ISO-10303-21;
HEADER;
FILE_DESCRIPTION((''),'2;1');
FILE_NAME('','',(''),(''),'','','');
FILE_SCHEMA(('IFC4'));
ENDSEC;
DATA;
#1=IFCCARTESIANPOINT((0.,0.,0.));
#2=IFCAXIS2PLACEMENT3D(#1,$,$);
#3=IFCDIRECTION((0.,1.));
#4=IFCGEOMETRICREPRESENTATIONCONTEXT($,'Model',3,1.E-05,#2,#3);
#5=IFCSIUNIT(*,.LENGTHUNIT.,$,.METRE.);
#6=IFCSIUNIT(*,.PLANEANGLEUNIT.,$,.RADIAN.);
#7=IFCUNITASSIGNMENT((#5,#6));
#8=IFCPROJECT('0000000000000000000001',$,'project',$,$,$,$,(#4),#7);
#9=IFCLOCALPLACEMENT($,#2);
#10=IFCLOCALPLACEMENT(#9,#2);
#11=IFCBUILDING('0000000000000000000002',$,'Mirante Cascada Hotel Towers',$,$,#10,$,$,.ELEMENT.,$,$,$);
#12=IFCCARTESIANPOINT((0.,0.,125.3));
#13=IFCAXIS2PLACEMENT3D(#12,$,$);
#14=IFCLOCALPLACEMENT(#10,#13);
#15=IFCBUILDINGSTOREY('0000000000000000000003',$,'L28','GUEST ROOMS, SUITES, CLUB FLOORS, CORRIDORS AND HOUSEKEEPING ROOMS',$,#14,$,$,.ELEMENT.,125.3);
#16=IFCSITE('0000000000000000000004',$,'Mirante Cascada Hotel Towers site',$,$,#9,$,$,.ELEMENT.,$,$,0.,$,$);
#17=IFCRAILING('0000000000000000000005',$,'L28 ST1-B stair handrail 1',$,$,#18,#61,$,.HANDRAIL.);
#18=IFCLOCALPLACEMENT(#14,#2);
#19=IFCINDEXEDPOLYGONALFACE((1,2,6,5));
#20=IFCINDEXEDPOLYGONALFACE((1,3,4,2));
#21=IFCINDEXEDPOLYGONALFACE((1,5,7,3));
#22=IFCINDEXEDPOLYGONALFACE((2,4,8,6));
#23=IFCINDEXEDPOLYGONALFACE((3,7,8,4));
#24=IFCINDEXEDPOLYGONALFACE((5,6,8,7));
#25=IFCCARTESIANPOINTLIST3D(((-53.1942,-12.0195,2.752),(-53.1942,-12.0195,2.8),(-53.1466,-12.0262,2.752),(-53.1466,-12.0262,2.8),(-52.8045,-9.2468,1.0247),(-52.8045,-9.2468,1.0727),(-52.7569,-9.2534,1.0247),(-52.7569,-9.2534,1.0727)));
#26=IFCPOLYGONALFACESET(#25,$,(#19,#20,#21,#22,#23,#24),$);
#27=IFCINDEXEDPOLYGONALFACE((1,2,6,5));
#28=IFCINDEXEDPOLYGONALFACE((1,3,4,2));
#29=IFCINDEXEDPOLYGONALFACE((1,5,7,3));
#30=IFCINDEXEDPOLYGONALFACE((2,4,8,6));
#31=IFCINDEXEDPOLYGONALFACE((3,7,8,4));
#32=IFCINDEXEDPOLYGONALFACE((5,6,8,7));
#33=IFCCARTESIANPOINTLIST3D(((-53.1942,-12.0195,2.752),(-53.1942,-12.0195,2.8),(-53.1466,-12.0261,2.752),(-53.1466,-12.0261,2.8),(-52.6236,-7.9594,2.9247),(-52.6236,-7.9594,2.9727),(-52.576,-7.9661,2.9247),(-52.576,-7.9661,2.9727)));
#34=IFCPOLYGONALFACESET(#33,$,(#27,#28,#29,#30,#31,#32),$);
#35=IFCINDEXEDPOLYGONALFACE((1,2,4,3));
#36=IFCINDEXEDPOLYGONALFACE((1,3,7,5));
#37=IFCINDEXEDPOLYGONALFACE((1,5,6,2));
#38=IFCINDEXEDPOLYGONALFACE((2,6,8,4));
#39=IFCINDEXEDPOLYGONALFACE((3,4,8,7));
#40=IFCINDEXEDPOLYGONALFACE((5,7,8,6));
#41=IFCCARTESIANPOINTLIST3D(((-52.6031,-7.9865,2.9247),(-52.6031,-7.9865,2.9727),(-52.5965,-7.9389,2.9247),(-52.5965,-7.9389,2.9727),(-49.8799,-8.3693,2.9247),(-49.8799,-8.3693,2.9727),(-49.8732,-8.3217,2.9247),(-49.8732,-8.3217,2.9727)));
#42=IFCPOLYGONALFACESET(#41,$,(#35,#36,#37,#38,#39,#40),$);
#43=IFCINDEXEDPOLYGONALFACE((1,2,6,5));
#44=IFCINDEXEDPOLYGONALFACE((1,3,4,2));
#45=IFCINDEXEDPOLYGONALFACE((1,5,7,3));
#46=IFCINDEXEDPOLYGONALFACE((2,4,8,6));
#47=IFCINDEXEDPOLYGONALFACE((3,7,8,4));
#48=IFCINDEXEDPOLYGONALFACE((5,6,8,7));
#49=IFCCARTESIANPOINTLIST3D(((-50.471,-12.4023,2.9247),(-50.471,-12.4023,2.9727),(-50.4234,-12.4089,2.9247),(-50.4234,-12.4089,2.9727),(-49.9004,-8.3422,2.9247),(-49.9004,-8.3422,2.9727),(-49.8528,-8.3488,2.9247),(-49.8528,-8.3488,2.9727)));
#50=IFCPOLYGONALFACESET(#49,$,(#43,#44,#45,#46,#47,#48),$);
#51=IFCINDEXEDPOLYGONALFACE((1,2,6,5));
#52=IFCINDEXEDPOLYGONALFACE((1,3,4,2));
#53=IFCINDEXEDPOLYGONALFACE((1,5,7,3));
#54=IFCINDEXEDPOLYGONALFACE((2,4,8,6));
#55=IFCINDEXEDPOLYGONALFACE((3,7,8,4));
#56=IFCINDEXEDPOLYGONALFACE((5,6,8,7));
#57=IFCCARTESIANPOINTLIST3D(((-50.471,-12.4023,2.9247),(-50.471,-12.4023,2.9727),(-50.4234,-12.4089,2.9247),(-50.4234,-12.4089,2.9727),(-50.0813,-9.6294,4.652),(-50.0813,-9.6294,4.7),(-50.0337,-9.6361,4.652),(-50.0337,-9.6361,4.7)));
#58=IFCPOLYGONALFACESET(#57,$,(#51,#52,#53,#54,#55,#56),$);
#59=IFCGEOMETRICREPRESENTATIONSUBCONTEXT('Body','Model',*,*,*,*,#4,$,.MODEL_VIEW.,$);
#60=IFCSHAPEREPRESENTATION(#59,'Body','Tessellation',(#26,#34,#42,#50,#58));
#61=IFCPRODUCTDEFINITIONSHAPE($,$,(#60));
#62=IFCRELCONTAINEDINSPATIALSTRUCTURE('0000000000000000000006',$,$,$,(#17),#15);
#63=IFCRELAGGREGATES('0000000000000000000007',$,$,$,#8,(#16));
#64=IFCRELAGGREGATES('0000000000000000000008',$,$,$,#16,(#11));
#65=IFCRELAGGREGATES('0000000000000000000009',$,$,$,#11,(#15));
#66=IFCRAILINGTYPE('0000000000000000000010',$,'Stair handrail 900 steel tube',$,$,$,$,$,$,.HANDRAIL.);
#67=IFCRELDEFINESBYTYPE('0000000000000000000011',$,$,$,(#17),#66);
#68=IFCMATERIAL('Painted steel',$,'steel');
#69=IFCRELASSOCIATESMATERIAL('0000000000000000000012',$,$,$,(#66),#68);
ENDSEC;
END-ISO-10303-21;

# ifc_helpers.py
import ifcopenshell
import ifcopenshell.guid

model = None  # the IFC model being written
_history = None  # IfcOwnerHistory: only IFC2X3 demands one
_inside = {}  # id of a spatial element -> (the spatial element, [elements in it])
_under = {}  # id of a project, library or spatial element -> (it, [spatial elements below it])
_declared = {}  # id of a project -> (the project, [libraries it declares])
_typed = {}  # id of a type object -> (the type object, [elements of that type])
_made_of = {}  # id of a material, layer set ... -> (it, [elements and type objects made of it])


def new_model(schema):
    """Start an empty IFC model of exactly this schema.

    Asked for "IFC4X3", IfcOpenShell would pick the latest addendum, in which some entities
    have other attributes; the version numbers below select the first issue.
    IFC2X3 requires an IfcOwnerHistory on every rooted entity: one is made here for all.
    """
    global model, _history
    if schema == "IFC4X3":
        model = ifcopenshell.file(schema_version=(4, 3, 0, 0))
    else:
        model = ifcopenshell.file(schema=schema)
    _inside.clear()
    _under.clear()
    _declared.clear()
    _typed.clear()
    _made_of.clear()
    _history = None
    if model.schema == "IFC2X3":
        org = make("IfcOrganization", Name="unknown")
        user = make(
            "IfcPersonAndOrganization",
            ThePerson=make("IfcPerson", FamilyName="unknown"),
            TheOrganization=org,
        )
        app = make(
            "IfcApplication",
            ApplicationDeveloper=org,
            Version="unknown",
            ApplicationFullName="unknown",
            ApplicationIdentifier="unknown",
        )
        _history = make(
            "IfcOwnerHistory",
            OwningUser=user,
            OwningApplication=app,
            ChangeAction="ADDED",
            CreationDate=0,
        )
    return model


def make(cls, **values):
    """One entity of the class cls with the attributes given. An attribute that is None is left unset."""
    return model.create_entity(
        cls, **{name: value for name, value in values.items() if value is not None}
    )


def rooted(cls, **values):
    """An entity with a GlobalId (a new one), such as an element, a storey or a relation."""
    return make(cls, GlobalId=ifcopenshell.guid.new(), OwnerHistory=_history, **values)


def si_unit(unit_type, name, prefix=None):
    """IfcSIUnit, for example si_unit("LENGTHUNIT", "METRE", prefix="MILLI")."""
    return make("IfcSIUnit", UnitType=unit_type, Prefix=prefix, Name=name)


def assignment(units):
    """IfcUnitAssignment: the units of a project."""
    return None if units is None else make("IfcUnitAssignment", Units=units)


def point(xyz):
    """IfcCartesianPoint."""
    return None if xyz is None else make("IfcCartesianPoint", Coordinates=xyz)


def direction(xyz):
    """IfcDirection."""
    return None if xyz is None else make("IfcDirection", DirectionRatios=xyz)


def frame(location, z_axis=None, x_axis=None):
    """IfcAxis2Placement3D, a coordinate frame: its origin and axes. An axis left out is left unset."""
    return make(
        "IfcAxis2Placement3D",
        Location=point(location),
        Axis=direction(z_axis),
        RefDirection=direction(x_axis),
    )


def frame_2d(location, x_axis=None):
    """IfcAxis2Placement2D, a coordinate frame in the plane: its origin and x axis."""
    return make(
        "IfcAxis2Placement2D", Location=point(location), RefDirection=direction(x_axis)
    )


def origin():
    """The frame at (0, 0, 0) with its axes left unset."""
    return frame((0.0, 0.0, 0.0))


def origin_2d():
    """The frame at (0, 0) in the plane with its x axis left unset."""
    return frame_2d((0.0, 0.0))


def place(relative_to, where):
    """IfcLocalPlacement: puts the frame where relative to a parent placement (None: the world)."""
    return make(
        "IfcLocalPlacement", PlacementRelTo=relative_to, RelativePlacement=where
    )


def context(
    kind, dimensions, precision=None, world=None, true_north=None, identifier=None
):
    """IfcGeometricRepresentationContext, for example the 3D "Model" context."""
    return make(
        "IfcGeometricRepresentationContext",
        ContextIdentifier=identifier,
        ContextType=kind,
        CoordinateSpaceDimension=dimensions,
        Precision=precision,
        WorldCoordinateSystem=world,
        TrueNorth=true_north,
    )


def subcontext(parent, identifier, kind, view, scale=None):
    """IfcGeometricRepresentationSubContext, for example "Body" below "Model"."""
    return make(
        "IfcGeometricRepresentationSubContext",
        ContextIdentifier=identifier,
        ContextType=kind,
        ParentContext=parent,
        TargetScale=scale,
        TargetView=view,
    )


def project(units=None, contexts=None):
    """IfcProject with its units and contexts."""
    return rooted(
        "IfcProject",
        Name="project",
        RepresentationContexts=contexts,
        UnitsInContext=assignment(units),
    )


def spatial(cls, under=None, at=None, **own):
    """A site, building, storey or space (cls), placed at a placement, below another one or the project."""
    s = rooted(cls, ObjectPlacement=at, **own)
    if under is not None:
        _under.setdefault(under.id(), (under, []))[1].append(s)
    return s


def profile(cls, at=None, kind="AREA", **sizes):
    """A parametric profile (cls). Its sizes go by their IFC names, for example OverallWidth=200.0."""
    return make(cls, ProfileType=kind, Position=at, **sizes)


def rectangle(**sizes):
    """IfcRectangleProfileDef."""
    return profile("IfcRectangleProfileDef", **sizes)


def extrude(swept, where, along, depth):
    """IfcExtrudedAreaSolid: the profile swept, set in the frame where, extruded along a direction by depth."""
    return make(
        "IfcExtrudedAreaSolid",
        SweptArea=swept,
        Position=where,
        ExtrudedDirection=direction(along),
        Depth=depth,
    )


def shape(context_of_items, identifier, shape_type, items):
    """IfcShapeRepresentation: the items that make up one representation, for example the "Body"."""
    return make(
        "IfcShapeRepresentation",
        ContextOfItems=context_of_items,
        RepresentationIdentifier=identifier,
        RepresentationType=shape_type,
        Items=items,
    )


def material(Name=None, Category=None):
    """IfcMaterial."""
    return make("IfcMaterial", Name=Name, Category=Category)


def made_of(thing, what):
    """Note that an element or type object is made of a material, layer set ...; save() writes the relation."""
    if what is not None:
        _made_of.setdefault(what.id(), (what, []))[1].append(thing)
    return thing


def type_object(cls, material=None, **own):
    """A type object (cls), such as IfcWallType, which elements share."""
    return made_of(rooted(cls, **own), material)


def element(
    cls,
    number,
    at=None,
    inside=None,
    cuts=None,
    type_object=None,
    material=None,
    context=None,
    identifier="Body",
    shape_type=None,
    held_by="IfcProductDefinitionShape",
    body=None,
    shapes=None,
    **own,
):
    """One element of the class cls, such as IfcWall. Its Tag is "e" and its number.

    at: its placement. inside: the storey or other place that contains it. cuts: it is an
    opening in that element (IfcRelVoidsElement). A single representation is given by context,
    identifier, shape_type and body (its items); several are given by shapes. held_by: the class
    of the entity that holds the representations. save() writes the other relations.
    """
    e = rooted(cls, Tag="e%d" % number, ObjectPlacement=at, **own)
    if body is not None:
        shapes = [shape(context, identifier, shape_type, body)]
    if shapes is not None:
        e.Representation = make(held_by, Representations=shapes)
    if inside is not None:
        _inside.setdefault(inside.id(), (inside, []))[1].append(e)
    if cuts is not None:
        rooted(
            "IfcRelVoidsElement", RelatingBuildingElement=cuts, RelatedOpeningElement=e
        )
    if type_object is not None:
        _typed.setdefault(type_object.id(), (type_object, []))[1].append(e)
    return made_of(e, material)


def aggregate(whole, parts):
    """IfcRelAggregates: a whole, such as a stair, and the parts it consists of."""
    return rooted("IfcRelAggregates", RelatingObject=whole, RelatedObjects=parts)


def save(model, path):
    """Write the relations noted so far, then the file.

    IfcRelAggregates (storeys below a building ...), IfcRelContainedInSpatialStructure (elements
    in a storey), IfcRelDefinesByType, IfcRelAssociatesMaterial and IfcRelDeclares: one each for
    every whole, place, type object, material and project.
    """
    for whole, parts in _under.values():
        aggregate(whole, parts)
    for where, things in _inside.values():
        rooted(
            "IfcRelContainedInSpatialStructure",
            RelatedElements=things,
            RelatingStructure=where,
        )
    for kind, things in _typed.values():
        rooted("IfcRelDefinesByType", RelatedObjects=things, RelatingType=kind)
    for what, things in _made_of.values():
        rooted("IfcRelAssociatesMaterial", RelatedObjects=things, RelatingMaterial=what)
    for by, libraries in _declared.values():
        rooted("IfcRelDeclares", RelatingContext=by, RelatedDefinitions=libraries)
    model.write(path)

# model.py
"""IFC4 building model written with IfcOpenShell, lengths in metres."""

from ifc_helpers import new_model, si_unit, direction, frame, origin, origin_2d, place, context, subcontext, project, spatial, rectangle, extrude, material, type_object, element, save


model = new_model("IFC4")

# Units and contexts
model_context = context("Model", 3, precision=1e-05, world=origin(), true_north=direction((0.0, 1.0)))
body_context = subcontext(model_context, "Body", "Model", "MODEL_VIEW")
ifc_project = project(units=[si_unit("LENGTHUNIT", "METRE"), si_unit("PLANEANGLEUNIT", "RADIAN")], contexts=[model_context])

# Site, building, storey
site_placement = place(None, origin())
site = spatial("IfcSite", under=ifc_project, at=site_placement, Name="Mirante Cascada Hotel Towers site", CompositionType="ELEMENT", RefElevation=0.0)
building_placement = place(site_placement, origin())
building = spatial("IfcBuilding", under=site, at=building_placement, Name="Mirante Cascada Hotel Towers", CompositionType="ELEMENT")
storey_placement = place(building_placement, frame((0.0, 0.0, 125.3)))
storey = spatial("IfcBuildingStorey", under=building, at=storey_placement, Name="L28", Description="GUEST ROOMS, SUITES, CLUB FLOORS, CORRIDORS AND HOUSEKEEPING ROOMS", CompositionType="ELEMENT", Elevation=125.3)

# Railing
ifc_material_1 = material(Name="Painted steel", Category="steel")
railing_type_1 = type_object("IfcRailingType", Name="Stair handrail 900 steel tube", PredefinedType="HANDRAIL", material=ifc_material_1)
railing_1_placement = place(storey_placement, frame((-52.7807, -9.2501, 0.1727)))
element("IfcRailing", 1, at=railing_1_placement, inside=storey, type_object=railing_type_1, Name="L28 ST1-B stair handrail 1", PredefinedType="HANDRAIL", context=body_context, shape_type="SweptSolid", body=[
    extrude(rectangle(XDim=0.048, YDim=0.048, at=origin_2d()), frame((0.0, 0.0, 0.876), z_axis=(-0.139181, -0.990267, 0.0), x_axis=(0.990267, -0.139181, 0.0)), (0.0, 0.525035, 0.851081), 3.2899),
    extrude(rectangle(XDim=0.048, YDim=0.048, at=origin_2d()), frame((-0.3897, -2.7727, 2.6033), z_axis=(0.139171, 0.990268, 0.0), x_axis=(-0.990268, 0.139171, 0.0)), (0.0, 0.042085, 0.999114), 4.1036),
    extrude(rectangle(XDim=0.048, YDim=0.048, at=origin_2d()), frame((0.1809, 1.2874, 2.776), z_axis=(0.990264, -0.139201, 0.0), x_axis=(0.139201, 0.990264, 0.0)), (0.0, 0.0, 1.0), 2.75),
    extrude(rectangle(XDim=0.048, YDim=0.048, at=origin_2d()), frame((2.9041, 0.9046, 2.776), z_axis=(-0.139171, -0.990268, 0.0), x_axis=(0.990268, -0.139171, 0.0)), (0.0, 0.0, 1.0), 4.1),
    extrude(rectangle(XDim=0.048, YDim=0.048, at=origin_2d()), frame((2.3335, -3.1555, 2.776), z_axis=(0.139176, 0.990268, 0.0), x_axis=(-0.990268, 0.139176, 0.0)), (0.0, 0.525021, 0.851089), 3.29),
])

save(model, "model.ifc")
